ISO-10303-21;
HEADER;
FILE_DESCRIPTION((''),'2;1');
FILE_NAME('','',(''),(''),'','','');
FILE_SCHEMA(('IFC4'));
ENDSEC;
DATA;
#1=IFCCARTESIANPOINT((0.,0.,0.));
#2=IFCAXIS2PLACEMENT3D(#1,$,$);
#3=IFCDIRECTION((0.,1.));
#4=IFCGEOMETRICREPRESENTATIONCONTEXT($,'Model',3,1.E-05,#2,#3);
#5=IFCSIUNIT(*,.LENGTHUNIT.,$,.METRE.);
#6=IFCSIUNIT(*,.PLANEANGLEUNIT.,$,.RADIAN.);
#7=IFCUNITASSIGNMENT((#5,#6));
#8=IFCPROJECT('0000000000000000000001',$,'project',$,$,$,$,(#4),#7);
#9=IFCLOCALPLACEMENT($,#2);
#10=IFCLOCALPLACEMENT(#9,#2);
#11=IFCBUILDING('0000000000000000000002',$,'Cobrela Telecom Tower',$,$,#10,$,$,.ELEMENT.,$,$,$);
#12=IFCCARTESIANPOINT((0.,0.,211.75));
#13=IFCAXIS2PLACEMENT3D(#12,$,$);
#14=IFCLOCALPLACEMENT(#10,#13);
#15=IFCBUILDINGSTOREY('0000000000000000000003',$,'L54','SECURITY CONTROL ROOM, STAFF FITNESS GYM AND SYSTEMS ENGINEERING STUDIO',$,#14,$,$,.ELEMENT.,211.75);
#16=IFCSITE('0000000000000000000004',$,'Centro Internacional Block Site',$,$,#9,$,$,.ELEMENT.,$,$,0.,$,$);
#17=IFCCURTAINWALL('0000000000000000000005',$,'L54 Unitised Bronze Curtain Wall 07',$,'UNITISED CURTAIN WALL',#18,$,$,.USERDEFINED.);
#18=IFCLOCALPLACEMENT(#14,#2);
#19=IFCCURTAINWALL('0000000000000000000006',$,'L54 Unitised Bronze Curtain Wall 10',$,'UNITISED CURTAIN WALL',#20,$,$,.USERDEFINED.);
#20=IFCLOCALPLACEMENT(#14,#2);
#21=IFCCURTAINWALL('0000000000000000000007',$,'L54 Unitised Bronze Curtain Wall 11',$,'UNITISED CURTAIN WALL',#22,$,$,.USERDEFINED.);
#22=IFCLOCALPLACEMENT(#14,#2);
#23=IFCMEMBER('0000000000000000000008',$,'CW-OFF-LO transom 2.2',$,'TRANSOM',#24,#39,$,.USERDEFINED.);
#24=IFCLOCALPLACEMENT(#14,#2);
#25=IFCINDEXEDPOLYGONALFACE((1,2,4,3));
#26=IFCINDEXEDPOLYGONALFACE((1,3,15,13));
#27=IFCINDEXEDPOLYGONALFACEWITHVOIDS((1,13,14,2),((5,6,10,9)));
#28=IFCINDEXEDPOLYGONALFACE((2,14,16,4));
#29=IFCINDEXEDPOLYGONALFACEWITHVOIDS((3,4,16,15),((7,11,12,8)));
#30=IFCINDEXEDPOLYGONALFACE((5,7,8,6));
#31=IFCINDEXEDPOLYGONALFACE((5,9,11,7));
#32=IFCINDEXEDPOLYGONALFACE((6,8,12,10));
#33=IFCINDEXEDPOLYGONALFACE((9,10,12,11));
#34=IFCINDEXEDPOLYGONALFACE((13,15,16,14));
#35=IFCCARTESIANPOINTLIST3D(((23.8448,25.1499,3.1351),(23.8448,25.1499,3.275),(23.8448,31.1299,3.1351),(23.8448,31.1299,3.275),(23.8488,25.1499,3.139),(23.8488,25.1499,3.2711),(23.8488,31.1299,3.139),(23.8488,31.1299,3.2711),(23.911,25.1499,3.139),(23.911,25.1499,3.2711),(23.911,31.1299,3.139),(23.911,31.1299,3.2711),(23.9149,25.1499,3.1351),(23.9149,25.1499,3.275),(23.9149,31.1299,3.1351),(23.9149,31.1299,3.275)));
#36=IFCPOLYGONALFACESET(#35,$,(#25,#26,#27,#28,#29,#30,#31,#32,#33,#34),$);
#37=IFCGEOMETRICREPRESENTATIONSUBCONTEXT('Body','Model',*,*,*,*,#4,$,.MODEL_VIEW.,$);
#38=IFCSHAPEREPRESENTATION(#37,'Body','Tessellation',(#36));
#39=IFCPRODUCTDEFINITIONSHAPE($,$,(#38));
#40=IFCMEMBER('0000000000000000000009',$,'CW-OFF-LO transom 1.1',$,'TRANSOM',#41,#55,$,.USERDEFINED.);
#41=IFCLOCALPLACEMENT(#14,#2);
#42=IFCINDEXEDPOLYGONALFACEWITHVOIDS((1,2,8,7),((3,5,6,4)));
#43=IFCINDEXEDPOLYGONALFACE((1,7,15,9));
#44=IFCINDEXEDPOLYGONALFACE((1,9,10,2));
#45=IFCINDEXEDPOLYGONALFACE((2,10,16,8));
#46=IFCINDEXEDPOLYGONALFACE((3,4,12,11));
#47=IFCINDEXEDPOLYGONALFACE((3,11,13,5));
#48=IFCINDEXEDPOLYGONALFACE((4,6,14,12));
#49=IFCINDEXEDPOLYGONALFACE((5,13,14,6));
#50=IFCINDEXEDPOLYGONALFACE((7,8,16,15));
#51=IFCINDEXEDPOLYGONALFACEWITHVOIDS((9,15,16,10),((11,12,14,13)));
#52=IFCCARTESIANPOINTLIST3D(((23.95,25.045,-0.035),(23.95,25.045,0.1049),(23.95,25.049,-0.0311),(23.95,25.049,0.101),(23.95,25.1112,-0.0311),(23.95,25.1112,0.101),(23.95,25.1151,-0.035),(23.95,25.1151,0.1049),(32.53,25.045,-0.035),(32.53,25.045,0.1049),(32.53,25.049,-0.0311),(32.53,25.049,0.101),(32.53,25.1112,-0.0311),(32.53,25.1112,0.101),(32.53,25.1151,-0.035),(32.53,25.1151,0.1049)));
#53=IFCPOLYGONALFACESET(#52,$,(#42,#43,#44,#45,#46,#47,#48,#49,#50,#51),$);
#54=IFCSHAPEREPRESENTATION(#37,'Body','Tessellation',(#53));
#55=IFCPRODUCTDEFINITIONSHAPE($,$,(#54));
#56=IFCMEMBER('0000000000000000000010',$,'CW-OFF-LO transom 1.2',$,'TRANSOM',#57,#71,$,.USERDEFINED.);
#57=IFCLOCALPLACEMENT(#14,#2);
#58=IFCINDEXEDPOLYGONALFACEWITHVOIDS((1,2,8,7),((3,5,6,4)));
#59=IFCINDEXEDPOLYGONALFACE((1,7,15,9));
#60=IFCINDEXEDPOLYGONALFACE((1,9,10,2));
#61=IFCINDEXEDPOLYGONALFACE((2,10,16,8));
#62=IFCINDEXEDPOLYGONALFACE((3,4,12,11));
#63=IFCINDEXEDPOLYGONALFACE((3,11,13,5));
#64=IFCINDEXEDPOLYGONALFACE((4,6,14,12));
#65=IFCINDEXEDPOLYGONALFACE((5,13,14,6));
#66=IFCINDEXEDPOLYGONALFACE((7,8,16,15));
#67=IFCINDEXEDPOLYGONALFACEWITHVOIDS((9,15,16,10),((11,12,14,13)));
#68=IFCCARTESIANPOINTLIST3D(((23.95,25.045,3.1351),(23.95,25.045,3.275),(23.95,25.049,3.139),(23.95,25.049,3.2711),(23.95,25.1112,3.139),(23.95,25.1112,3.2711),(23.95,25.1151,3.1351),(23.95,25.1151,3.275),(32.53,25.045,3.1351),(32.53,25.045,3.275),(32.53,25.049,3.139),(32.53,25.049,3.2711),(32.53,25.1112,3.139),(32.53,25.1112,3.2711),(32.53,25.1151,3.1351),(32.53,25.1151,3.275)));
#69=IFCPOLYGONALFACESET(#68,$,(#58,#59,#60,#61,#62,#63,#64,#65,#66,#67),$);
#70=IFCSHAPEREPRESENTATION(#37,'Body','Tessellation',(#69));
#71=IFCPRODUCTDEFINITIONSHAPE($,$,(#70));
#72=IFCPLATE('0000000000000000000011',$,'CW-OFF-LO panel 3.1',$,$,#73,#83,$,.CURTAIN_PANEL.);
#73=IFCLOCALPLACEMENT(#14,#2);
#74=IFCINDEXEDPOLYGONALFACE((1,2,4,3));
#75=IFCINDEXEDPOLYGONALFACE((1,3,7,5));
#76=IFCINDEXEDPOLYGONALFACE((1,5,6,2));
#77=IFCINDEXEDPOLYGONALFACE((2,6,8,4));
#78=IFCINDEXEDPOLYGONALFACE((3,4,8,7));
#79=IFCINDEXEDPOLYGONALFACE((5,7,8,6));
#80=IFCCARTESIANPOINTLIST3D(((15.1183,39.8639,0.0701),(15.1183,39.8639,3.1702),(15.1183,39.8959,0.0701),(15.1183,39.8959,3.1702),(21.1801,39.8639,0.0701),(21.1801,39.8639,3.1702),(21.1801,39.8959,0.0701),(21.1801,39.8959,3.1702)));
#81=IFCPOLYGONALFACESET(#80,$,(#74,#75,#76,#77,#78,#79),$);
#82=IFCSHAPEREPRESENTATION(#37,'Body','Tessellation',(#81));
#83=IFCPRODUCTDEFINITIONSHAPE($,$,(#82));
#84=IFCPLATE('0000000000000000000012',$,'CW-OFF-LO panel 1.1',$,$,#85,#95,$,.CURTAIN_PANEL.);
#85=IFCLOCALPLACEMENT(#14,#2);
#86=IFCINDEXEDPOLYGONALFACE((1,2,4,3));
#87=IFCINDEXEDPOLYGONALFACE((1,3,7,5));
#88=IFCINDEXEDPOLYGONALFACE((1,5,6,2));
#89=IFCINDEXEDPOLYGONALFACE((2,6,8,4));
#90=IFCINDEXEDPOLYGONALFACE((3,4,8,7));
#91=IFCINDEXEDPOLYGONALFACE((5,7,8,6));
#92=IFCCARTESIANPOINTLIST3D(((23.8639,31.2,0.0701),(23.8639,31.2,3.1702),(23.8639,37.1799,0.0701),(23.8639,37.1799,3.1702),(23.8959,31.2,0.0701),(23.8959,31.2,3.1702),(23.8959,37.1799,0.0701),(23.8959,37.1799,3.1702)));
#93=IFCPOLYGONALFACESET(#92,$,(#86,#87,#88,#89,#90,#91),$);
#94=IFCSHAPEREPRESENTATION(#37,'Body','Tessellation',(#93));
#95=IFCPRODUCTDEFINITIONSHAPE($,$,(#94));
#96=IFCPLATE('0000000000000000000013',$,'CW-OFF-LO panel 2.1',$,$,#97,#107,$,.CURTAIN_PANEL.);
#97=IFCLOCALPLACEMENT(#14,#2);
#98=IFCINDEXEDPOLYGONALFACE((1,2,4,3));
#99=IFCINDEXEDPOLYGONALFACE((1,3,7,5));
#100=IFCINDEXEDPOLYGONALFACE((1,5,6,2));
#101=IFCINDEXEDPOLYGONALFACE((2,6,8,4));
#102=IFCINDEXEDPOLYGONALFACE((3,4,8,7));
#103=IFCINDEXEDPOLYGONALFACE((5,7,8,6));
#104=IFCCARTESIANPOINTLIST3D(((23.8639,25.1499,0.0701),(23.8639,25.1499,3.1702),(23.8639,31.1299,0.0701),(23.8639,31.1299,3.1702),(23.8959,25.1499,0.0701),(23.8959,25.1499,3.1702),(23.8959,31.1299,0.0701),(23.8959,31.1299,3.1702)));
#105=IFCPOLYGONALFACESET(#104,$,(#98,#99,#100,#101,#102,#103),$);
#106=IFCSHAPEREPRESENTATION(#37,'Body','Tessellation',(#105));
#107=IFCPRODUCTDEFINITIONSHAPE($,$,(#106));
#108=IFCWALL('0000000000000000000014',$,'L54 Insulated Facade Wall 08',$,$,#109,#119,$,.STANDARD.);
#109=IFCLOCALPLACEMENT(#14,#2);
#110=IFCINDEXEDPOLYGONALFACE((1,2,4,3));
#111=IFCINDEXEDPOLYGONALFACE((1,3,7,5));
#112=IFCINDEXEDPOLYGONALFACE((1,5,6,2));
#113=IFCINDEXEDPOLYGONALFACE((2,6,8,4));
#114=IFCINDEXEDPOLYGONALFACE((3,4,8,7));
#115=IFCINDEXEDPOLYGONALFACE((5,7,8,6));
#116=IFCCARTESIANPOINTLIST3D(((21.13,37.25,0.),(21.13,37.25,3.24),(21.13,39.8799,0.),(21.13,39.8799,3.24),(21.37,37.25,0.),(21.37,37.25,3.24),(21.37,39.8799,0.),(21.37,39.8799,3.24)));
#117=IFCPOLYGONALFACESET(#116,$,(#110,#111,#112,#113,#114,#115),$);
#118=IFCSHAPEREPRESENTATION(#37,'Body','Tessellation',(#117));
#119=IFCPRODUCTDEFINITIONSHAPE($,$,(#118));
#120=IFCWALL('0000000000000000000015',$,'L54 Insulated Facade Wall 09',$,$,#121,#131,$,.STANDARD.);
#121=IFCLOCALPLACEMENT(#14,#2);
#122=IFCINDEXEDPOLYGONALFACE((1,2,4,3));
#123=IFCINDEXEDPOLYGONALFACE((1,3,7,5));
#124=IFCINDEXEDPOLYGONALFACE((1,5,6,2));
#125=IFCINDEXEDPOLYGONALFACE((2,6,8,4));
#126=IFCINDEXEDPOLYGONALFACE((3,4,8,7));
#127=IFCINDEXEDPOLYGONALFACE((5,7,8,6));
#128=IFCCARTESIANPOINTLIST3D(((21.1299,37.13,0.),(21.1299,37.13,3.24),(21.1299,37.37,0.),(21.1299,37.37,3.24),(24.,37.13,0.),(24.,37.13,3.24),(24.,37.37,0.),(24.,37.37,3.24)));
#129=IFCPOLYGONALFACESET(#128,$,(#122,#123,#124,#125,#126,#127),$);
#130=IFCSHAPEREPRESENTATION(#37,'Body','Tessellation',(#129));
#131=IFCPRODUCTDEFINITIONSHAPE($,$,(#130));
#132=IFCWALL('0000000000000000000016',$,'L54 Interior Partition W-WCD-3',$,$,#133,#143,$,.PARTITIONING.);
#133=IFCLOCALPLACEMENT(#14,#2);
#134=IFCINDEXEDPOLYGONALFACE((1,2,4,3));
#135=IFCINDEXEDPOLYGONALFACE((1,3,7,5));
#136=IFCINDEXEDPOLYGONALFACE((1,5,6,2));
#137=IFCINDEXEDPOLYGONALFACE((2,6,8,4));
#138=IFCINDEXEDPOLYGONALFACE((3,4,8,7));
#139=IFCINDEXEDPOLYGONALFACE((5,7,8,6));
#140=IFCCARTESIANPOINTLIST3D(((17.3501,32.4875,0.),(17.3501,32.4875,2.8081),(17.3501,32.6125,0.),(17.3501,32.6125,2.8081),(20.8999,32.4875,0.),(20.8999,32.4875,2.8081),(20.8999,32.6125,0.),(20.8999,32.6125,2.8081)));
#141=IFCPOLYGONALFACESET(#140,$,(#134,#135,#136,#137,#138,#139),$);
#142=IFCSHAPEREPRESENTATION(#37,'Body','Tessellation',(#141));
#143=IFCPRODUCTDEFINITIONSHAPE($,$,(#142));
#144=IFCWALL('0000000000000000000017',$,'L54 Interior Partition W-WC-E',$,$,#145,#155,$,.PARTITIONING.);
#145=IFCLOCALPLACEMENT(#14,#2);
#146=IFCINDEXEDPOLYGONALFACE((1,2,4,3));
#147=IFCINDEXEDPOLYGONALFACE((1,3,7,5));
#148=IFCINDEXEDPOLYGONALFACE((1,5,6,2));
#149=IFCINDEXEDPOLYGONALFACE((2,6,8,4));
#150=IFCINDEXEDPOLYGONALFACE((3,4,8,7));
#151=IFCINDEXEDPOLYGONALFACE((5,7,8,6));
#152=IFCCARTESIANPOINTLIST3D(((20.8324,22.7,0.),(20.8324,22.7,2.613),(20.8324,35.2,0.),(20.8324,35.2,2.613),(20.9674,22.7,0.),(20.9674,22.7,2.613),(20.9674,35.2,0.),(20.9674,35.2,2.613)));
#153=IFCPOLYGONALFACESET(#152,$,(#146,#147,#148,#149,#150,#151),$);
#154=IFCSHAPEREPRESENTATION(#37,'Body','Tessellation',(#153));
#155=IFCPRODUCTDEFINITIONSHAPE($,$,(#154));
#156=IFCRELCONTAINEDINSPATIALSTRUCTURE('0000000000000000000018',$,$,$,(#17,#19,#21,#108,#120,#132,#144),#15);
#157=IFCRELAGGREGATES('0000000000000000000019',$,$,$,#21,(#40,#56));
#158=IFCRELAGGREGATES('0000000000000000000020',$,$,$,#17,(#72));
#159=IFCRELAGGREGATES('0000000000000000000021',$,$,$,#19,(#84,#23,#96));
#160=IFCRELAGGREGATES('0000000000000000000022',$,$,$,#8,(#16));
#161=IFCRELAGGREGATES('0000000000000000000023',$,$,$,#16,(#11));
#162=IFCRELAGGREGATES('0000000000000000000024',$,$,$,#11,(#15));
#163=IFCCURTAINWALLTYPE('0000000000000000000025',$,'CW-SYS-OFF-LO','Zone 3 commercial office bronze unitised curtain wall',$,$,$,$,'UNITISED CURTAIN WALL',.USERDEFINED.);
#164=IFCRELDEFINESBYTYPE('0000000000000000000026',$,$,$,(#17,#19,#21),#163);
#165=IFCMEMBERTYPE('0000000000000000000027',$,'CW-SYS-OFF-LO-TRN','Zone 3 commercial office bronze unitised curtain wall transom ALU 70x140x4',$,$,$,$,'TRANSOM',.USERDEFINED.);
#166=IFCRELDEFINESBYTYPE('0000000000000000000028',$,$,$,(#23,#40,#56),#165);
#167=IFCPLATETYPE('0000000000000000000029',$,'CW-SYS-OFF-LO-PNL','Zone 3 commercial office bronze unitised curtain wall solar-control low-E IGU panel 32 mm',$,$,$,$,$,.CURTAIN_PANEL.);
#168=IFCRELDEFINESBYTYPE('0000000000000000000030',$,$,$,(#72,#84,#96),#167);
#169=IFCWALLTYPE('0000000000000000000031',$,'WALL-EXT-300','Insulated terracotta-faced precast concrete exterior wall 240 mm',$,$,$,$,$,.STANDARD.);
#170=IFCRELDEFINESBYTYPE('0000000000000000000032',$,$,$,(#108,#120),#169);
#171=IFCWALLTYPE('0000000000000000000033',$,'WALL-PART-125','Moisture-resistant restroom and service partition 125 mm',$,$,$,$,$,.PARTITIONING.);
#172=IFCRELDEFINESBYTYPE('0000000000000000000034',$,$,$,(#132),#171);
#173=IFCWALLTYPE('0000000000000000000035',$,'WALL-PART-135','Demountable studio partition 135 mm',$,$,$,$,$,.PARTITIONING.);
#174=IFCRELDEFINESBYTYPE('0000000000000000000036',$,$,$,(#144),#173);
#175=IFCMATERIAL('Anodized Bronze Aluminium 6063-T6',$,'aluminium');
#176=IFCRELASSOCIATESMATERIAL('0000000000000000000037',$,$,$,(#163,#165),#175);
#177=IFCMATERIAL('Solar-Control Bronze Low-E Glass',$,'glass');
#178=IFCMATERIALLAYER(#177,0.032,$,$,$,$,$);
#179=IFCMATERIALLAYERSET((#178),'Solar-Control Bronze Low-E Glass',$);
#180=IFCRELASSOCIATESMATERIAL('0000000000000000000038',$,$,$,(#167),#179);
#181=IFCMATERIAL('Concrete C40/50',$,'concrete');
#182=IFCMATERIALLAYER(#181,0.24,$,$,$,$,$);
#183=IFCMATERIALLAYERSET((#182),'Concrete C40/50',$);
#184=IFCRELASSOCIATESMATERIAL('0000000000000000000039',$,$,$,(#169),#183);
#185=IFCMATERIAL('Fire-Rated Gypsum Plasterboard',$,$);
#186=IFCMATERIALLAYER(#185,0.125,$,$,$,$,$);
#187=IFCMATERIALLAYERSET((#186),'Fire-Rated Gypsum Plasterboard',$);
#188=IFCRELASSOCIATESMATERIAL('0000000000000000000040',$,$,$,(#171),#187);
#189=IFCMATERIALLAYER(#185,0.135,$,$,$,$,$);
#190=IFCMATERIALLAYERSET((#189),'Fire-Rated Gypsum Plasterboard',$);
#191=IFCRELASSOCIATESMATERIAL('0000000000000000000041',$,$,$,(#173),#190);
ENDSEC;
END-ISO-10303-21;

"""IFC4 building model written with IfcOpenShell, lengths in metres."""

from ifc_helpers import new_model, si_unit, direction, frame, frame_2d, origin, origin_2d, place, context, subcontext, project, spatial, rectangle, hollow_rectangle, extrude, material, layer, layer_set, material_profile, profile_set, type_object, element, aggregate, save


model = new_model("IFC4")

# Units and contexts
model_context = context("Model", 3, precision=1e-05, world=origin(), true_north=direction((0.0, 1.0)))
body_context = subcontext(model_context, "Body", "Model", "MODEL_VIEW")
ifc_project = project(units=[si_unit("LENGTHUNIT", "METRE"), si_unit("PLANEANGLEUNIT", "RADIAN")], contexts=[model_context])

# Site, building, storey
site_placement = place(None, origin())
site = spatial("IfcSite", under=ifc_project, at=site_placement, Name="Centro Internacional Block Site", CompositionType="ELEMENT", RefElevation=0.0)
building_placement = place(site_placement, origin())
building = spatial("IfcBuilding", under=site, at=building_placement, Name="Cobrela Telecom Tower", CompositionType="ELEMENT")
storey_placement = place(building_placement, frame((0.0, 0.0, 211.75)))
storey = spatial("IfcBuildingStorey", under=building, at=storey_placement, Name="L54", Description="SECURITY CONTROL ROOM, STAFF FITNESS GYM AND SYSTEMS ENGINEERING STUDIO", CompositionType="ELEMENT", Elevation=211.75)

# Curtain wall
ifc_material_1 = material(Name="Anodized Bronze Aluminium 6063-T6", Category="aluminium")
curtain_wall_type = type_object("IfcCurtainWallType", Name="CW-SYS-OFF-LO", Description="Zone 3 commercial office bronze unitised curtain wall", ElementType="UNITISED CURTAIN WALL", PredefinedType="USERDEFINED", material=ifc_material_1)
curtain_wall_1_placement = place(storey_placement, origin())
curtain_wall_1 = element("IfcCurtainWall", 1, at=curtain_wall_1_placement, inside=storey, type_object=curtain_wall_type, Name="L54 Unitised Bronze Curtain Wall 07", ObjectType="UNITISED CURTAIN WALL", PredefinedType="USERDEFINED")

# Curtain wall
curtain_wall_2_placement = place(storey_placement, origin())
curtain_wall_2 = element("IfcCurtainWall", 2, at=curtain_wall_2_placement, inside=storey, type_object=curtain_wall_type, Name="L54 Unitised Bronze Curtain Wall 10", ObjectType="UNITISED CURTAIN WALL", PredefinedType="USERDEFINED")

# Curtain wall
curtain_wall_3_placement = place(storey_placement, origin())
curtain_wall_3 = element("IfcCurtainWall", 3, at=curtain_wall_3_placement, inside=storey, type_object=curtain_wall_type, Name="L54 Unitised Bronze Curtain Wall 11", ObjectType="UNITISED CURTAIN WALL", PredefinedType="USERDEFINED")

# Members
ifc_material_profile_1 = material_profile(ifc_material_1, hollow_rectangle(XDim=0.0701, YDim=0.1399, WallThickness=0.0039, at=origin_2d()), Name="ALU 70x140x4")
ifc_profile_set_1 = profile_set([ifc_material_profile_1], Name="Anodized Bronze Aluminium 6063-T6")
member_type_1 = type_object("IfcMemberType", Name="CW-SYS-OFF-LO-TRN", Description="Zone 3 commercial office bronze unitised curtain wall transom ALU 70x140x4", ElementType="TRANSOM", PredefinedType="USERDEFINED", material=ifc_profile_set_1)
member_1_placement = place(storey_placement, frame((23.8799, 31.1299, 3.2051), z_axis=(0.0, -1.0, 0.0), x_axis=(1.0, 0.0, 0.0)))
member_1 = element("IfcMember", 4, at=member_1_placement, type_object=member_type_1, Name="CW-OFF-LO transom 2.2", ObjectType="TRANSOM", PredefinedType="USERDEFINED", context=body_context, shape_type="SweptSolid", body=[
    extrude(hollow_rectangle(XDim=0.0701, YDim=0.1399, WallThickness=0.0039, at=origin_2d()), origin(), (0.0, 0.0, 1.0), 5.98),
])
member_2_placement = place(storey_placement, frame((23.95, 25.0801, 0.0349), z_axis=(1.0, 0.0, 0.0), x_axis=(0.0, 1.0, 0.0)))
member_2 = element("IfcMember", 5, at=member_2_placement, type_object=member_type_1, Name="CW-OFF-LO transom 1.1", ObjectType="TRANSOM", PredefinedType="USERDEFINED", context=body_context, shape_type="SweptSolid", body=[
    extrude(hollow_rectangle(XDim=0.0701, YDim=0.1399, WallThickness=0.0039, at=origin_2d()), origin(), (0.0, 0.0, 1.0), 8.5801),
])
member_3_placement = place(storey_placement, frame((23.95, 25.0801, 3.2051), z_axis=(1.0, 0.0, 0.0), x_axis=(0.0, 1.0, 0.0)))
member_3 = element("IfcMember", 6, at=member_3_placement, type_object=member_type_1, Name="CW-OFF-LO transom 1.2", ObjectType="TRANSOM", PredefinedType="USERDEFINED", context=body_context, shape_type="SweptSolid", body=[
    extrude(hollow_rectangle(XDim=0.0701, YDim=0.1399, WallThickness=0.0039, at=origin_2d()), origin(), (0.0, 0.0, 1.0), 8.5801),
])
aggregate(curtain_wall_3, [member_2, member_3])

# Plates
ifc_material_2 = material(Name="Solar-Control Bronze Low-E Glass", Category="glass")
ifc_layer_1 = layer(ifc_material_2, 0.032)
ifc_layer_set_1 = layer_set([ifc_layer_1], Name="Solar-Control Bronze Low-E Glass")
plate_type = type_object("IfcPlateType", Name="CW-SYS-OFF-LO-PNL", Description="Zone 3 commercial office bronze unitised curtain wall solar-control low-E IGU panel 32 mm", PredefinedType="CURTAIN_PANEL", material=ifc_layer_set_1)
plate_1_placement = place(storey_placement, frame((18.1492, 39.8799, 0.0701), z_axis=(0.0, 0.0, 1.0), x_axis=(1.0, 0.0, 0.0)))
plate_1 = element("IfcPlate", 7, at=plate_1_placement, type_object=plate_type, Name="CW-OFF-LO panel 3.1", PredefinedType="CURTAIN_PANEL", context=body_context, shape_type="SweptSolid", body=[
    extrude(rectangle(XDim=6.0618, YDim=0.032, at=origin_2d()), origin(), (0.0, 0.0, 1.0), 3.1001),
])
aggregate(curtain_wall_1, [plate_1])
plate_2_placement = place(storey_placement, frame((23.8799, 34.1899, 0.0701), z_axis=(0.0, 0.0, 1.0), x_axis=(0.0, -1.0, 0.0)))
plate_2 = element("IfcPlate", 8, at=plate_2_placement, type_object=plate_type, Name="CW-OFF-LO panel 1.1", PredefinedType="CURTAIN_PANEL", context=body_context, shape_type="SweptSolid", body=[
    extrude(rectangle(XDim=5.98, YDim=0.032, at=origin_2d()), origin(), (0.0, 0.0, 1.0), 3.1001),
])
plate_3_placement = place(storey_placement, frame((23.8799, 28.1399, 0.0701), z_axis=(0.0, 0.0, 1.0), x_axis=(0.0, -1.0, 0.0)))
plate_3 = element("IfcPlate", 9, at=plate_3_placement, type_object=plate_type, Name="CW-OFF-LO panel 2.1", PredefinedType="CURTAIN_PANEL", context=body_context, shape_type="SweptSolid", body=[
    extrude(rectangle(XDim=5.98, YDim=0.032, at=origin_2d()), origin(), (0.0, 0.0, 1.0), 3.1001),
])
aggregate(curtain_wall_2, [plate_2, member_1, plate_3])

# Walls
ifc_material_3 = material(Name="Concrete C40/50", Category="concrete")
ifc_layer_2 = layer(ifc_material_3, 0.24)
ifc_layer_set_2 = layer_set([ifc_layer_2], Name="Concrete C40/50")
wall_type_1 = type_object("IfcWallType", Name="WALL-EXT-300", Description="Insulated terracotta-faced precast concrete exterior wall 240 mm", PredefinedType="STANDARD", material=ifc_layer_set_2)
wall_1_placement = place(storey_placement, frame((21.25, 39.8799, 0.0), z_axis=(0.0, 0.0, 1.0), x_axis=(0.0, -1.0, 0.0)))
element("IfcWall", 10, at=wall_1_placement, inside=storey, type_object=wall_type_1, Name="L54 Insulated Facade Wall 08", PredefinedType="STANDARD", context=body_context, shape_type="SweptSolid", body=[
    extrude(rectangle(XDim=2.6299, YDim=0.24, at=frame_2d((1.3149, 0.0))), origin(), (0.0, 0.0, 1.0), 3.24),
])
wall_2_placement = place(storey_placement, frame((21.1299, 37.25, 0.0), z_axis=(0.0, 0.0, 1.0), x_axis=(1.0, 0.0, 0.0)))
element("IfcWall", 11, at=wall_2_placement, inside=storey, type_object=wall_type_1, Name="L54 Insulated Facade Wall 09", PredefinedType="STANDARD", context=body_context, shape_type="SweptSolid", body=[
    extrude(rectangle(XDim=2.8701, YDim=0.24, at=frame_2d((1.4351, 0.0))), origin(), (0.0, 0.0, 1.0), 3.24),
])
ifc_material_4 = material(Name="Fire-Rated Gypsum Plasterboard")
ifc_layer_3 = layer(ifc_material_4, 0.125)
ifc_layer_set_3 = layer_set([ifc_layer_3], Name="Fire-Rated Gypsum Plasterboard")
wall_type_2 = type_object("IfcWallType", Name="WALL-PART-125", Description="Moisture-resistant restroom and service partition 125 mm", PredefinedType="PARTITIONING", material=ifc_layer_set_3)
wall_3_placement = place(storey_placement, frame((17.3501, 32.55, 0.0), z_axis=(0.0, 0.0, 1.0), x_axis=(1.0, 0.0, 0.0)))
element("IfcWall", 12, at=wall_3_placement, inside=storey, type_object=wall_type_2, Name="L54 Interior Partition W-WCD-3", PredefinedType="PARTITIONING", context=body_context, shape_type="SweptSolid", body=[
    extrude(rectangle(XDim=3.5498, YDim=0.125, at=frame_2d((1.7749, 0.0))), origin(), (0.0, 0.0, 1.0), 2.8081),
])
ifc_layer_4 = layer(ifc_material_4, 0.135)
ifc_layer_set_4 = layer_set([ifc_layer_4], Name="Fire-Rated Gypsum Plasterboard")
wall_type_3 = type_object("IfcWallType", Name="WALL-PART-135", Description="Demountable studio partition 135 mm", PredefinedType="PARTITIONING", material=ifc_layer_set_4)
wall_4_placement = place(storey_placement, frame((20.8999, 22.7, 0.0), z_axis=(0.0, 0.0, 1.0), x_axis=(0.0, 1.0, 0.0)))
element("IfcWall", 13, at=wall_4_placement, inside=storey, type_object=wall_type_3, Name="L54 Interior Partition W-WC-E", PredefinedType="PARTITIONING", context=body_context, shape_type="SweptSolid", body=[
    extrude(rectangle(XDim=12.5, YDim=0.135, at=frame_2d((6.25, 0.0))), origin(), (0.0, 0.0, 1.0), 2.613),
])

save(model, "model.ifc")
